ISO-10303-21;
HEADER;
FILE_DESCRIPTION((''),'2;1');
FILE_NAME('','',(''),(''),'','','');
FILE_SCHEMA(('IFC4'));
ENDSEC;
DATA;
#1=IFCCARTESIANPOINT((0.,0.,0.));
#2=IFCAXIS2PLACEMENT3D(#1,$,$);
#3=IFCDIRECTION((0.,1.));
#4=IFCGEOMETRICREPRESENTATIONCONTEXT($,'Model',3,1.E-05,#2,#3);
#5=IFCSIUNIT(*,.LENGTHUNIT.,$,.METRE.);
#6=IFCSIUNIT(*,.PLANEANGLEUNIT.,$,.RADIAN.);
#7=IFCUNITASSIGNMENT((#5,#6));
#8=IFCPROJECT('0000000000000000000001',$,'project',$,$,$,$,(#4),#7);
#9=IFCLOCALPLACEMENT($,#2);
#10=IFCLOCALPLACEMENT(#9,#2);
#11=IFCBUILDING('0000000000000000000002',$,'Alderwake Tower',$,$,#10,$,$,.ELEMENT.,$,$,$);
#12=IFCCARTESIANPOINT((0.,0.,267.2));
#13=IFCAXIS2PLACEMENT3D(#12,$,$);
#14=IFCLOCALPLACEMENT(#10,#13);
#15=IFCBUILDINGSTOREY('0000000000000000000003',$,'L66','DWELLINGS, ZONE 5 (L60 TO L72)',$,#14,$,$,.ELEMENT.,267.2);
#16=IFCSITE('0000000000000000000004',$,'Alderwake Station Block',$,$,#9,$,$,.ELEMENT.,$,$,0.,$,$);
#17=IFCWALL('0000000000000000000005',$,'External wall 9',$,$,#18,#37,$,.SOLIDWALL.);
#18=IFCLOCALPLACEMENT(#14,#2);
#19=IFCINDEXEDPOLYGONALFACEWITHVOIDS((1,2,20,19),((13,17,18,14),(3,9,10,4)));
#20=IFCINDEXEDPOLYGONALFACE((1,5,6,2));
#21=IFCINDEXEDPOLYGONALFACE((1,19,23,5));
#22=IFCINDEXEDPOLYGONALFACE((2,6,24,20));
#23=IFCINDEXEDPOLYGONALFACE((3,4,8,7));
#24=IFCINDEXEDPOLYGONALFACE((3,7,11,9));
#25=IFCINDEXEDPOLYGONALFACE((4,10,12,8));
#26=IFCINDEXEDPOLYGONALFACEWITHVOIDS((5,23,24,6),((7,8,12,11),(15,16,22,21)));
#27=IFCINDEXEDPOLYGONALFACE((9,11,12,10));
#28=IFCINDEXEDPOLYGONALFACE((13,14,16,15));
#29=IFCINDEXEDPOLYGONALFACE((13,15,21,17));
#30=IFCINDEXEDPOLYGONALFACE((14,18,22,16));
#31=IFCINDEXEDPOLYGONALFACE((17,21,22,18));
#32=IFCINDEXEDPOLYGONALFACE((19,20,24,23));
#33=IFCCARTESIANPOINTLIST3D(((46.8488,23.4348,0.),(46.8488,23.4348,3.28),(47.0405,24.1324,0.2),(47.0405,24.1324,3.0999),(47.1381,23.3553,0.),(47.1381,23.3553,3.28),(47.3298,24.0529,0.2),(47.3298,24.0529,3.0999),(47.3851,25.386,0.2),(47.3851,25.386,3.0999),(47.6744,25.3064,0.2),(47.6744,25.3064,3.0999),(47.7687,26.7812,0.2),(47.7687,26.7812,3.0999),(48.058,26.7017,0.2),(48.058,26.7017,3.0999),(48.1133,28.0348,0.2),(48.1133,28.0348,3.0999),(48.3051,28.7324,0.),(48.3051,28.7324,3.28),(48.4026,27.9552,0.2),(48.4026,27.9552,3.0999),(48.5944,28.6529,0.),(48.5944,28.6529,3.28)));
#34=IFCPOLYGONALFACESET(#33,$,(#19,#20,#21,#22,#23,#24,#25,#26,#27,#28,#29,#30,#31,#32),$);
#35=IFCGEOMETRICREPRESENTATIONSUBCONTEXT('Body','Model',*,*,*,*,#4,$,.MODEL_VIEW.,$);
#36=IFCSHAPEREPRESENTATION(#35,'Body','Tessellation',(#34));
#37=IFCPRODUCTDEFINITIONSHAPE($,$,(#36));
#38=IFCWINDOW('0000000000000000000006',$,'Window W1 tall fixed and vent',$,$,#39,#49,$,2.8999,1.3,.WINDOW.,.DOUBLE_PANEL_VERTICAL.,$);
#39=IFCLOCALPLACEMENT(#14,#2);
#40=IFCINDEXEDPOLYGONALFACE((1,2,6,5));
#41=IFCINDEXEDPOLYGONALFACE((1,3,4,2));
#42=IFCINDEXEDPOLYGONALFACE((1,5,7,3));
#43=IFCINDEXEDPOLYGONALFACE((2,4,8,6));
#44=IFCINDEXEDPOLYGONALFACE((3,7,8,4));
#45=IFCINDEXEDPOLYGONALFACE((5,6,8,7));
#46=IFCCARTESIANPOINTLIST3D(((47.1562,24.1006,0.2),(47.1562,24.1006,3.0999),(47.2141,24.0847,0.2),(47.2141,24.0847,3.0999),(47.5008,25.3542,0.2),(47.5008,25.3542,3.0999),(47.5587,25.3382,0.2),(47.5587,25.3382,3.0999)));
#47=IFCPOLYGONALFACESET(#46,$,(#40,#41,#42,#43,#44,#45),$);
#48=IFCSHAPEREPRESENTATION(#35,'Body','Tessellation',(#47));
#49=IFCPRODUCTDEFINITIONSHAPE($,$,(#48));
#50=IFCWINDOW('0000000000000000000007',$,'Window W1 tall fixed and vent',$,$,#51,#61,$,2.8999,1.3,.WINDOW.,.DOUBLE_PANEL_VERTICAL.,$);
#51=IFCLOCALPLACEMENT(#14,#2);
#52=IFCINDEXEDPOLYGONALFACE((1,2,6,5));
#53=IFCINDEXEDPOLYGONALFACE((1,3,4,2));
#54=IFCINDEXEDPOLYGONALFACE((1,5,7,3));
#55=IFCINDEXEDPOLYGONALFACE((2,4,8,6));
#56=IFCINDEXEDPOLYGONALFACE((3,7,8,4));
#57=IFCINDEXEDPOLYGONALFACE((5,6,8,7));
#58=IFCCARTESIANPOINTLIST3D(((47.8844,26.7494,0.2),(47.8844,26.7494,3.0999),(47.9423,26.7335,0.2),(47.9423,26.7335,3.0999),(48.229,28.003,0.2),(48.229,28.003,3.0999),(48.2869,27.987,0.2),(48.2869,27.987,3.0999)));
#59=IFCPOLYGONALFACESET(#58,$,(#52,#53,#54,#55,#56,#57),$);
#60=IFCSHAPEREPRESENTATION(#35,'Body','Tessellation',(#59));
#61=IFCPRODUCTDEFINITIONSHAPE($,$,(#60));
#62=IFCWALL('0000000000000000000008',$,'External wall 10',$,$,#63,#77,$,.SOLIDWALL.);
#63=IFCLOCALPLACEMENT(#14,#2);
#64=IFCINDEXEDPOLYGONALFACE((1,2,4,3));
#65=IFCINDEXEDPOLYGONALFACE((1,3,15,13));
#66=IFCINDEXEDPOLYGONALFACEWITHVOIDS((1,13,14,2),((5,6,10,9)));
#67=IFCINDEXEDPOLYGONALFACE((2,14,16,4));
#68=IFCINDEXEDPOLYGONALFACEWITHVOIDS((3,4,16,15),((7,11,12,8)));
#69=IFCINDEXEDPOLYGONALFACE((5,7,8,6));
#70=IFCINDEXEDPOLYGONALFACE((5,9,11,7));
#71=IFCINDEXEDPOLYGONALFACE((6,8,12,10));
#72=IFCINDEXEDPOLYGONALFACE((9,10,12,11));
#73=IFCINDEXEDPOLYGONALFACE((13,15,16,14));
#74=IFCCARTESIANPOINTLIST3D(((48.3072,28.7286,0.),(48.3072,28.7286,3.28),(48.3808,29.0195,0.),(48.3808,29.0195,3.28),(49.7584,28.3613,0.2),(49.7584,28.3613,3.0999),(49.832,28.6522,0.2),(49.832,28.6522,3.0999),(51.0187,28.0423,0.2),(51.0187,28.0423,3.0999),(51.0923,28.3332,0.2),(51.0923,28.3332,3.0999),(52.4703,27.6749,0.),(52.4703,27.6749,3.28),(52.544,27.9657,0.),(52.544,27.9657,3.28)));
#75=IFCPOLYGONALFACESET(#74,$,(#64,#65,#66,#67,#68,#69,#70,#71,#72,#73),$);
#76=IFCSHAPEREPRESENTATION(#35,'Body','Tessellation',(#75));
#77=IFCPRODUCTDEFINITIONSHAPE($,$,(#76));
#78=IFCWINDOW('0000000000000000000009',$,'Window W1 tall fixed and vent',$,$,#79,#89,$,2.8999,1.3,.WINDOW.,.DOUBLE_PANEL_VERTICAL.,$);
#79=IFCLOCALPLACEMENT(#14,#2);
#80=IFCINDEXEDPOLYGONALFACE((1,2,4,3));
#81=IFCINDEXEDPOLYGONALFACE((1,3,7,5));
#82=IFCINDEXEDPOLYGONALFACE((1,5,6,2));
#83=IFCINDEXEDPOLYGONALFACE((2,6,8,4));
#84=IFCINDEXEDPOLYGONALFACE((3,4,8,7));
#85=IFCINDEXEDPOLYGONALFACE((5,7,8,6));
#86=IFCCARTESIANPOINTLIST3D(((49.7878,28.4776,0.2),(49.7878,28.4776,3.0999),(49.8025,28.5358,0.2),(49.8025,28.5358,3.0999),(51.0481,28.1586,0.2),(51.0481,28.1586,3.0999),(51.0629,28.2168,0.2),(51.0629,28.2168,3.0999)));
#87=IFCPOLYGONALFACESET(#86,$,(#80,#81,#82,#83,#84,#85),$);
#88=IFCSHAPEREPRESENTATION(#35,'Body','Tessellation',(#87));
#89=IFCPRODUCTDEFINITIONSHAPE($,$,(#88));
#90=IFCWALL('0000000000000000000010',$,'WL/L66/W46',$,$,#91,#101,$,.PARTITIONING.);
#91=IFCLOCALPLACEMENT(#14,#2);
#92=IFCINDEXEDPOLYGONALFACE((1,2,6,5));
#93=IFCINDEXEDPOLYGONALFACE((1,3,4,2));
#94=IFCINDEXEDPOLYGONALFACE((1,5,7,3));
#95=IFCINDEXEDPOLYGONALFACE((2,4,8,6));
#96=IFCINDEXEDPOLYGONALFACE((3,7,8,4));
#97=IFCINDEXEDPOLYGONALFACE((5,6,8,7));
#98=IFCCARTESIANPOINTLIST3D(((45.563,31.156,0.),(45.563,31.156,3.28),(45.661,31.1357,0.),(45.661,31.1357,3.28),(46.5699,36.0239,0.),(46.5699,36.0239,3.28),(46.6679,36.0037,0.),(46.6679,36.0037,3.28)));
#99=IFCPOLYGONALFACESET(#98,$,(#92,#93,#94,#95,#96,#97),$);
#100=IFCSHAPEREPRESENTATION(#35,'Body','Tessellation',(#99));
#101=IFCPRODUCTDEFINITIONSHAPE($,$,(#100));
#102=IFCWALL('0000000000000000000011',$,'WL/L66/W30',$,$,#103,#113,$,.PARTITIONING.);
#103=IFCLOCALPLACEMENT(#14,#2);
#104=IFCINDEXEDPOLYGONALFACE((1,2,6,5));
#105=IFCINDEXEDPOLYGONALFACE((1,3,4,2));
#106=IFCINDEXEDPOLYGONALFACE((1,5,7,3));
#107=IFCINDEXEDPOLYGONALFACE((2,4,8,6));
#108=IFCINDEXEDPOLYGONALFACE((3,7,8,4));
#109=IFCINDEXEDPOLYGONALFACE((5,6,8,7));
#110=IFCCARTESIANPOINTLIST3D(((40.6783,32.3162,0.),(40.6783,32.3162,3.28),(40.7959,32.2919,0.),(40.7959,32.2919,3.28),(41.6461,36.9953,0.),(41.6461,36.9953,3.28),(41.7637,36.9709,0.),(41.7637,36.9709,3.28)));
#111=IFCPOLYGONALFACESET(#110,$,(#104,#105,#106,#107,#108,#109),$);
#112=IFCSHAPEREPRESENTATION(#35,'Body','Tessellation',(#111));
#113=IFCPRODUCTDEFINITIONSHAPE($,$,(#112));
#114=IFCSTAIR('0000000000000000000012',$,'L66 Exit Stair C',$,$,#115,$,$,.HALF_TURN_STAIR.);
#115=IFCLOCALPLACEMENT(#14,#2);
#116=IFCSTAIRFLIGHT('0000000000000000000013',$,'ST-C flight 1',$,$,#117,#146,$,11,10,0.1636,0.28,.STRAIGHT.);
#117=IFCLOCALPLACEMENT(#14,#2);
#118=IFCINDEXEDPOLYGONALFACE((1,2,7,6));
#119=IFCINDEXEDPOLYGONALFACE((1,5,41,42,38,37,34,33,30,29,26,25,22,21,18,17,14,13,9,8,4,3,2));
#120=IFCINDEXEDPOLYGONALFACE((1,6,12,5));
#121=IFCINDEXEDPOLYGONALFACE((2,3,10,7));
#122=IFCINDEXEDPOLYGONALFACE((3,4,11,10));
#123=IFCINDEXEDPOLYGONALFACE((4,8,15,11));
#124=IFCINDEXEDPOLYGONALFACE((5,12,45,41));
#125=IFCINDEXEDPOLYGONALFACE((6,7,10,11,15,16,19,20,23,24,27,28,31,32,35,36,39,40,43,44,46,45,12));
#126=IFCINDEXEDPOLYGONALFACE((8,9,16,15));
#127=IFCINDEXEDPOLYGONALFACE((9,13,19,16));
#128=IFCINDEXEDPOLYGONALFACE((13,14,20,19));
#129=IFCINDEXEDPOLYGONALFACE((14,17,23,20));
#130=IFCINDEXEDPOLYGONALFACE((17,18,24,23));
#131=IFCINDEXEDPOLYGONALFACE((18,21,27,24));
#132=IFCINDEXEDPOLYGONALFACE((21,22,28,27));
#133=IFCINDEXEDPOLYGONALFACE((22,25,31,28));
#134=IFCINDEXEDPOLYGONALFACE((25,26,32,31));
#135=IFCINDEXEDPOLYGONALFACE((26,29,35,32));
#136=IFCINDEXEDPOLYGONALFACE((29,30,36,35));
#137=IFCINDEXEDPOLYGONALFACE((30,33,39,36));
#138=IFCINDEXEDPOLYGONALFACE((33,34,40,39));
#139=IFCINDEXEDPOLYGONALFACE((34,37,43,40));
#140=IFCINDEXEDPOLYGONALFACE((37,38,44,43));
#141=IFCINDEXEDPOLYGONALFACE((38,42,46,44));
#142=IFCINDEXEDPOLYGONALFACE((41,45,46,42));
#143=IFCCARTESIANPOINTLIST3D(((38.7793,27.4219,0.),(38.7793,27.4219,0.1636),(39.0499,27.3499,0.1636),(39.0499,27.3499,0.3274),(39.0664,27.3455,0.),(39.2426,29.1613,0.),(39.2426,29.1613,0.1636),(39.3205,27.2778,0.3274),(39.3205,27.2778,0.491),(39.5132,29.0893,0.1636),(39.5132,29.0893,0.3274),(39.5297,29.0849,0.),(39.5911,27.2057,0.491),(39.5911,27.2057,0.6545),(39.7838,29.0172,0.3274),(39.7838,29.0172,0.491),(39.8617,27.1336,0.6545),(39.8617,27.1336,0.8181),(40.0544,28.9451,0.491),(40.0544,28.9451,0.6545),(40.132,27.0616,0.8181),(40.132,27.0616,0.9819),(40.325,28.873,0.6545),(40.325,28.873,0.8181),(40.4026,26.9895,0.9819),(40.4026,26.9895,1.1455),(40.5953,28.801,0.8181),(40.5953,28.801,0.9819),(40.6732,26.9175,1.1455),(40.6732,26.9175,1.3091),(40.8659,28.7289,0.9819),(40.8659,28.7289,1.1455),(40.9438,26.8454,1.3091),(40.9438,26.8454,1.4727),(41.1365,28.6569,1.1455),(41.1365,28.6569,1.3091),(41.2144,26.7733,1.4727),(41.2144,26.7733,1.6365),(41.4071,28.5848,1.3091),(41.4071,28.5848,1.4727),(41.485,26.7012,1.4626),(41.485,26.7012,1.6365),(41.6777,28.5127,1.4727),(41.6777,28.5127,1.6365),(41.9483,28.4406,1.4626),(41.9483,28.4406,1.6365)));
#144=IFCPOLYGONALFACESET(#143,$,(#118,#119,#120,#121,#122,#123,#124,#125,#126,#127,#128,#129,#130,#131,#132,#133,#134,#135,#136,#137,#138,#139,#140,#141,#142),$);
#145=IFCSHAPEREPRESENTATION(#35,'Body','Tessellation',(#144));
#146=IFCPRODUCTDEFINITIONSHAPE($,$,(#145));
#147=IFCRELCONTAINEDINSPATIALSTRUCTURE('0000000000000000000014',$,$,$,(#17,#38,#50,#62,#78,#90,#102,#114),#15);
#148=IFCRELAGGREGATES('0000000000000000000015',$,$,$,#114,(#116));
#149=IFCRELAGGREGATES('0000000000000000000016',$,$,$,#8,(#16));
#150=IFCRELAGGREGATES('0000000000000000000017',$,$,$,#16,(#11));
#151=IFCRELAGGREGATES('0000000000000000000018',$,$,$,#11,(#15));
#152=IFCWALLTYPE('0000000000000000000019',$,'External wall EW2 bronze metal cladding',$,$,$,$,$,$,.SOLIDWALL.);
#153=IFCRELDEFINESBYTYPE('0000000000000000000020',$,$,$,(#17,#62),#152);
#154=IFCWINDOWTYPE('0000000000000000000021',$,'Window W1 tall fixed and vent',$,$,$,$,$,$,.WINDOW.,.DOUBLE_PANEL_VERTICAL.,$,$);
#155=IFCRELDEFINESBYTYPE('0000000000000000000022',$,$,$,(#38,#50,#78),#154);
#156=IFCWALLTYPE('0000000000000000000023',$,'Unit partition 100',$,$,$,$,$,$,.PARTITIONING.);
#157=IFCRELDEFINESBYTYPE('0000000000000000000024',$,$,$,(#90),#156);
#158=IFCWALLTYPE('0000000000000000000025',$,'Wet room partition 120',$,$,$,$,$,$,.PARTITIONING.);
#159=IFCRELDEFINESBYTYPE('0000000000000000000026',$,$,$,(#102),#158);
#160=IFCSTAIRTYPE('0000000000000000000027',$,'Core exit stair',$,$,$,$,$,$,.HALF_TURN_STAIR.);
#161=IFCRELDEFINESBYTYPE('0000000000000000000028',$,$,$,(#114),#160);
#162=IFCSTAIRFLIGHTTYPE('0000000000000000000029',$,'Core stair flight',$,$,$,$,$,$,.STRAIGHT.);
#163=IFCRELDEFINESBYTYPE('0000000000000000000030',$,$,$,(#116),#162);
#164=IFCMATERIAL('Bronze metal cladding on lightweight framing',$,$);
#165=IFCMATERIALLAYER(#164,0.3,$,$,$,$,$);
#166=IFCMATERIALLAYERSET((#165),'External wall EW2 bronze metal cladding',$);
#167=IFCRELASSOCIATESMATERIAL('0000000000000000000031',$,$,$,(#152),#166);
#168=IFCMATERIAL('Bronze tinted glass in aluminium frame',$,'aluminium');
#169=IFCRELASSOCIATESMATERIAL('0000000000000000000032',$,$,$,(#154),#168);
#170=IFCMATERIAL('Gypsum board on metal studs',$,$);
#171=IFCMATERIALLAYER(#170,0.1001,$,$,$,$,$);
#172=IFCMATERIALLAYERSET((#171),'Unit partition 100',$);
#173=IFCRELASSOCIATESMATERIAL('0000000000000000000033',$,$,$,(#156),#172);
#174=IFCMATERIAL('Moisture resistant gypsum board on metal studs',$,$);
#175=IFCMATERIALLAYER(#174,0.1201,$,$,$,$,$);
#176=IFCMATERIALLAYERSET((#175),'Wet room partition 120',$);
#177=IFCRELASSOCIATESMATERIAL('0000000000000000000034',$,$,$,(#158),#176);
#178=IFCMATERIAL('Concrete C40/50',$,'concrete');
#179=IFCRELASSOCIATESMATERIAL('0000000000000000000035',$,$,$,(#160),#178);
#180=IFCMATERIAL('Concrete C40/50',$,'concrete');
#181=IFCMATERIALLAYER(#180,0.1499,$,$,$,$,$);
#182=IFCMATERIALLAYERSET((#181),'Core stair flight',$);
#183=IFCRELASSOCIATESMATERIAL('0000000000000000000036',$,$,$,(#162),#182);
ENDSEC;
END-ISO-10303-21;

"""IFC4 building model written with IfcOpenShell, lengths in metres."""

from ifc_helpers import new_model, si_unit, direction, frame, frame_2d, origin, place, context, subcontext, project, spatial, polyline, rectangle, outline, extrude, material, layer, layer_set, type_object, element, fill, aggregate, save


model = new_model("IFC4")

# Units and contexts
model_context = context("Model", 3, precision=1e-05, world=origin(), true_north=direction((0.0, 1.0)))
body_context = subcontext(model_context, "Body", "Model", "MODEL_VIEW")
ifc_project = project(units=[si_unit("LENGTHUNIT", "METRE"), si_unit("PLANEANGLEUNIT", "RADIAN")], contexts=[model_context])

# Site, building, storey
site_placement = place(None, origin())
site = spatial("IfcSite", under=ifc_project, at=site_placement, Name="Alderwake Station Block", CompositionType="ELEMENT", RefElevation=0.0)
building_placement = place(site_placement, origin())
building = spatial("IfcBuilding", under=site, at=building_placement, Name="Alderwake Tower", CompositionType="ELEMENT")
storey_placement = place(building_placement, frame((0.0, 0.0, 267.2)))
storey = spatial("IfcBuildingStorey", under=building, at=storey_placement, Name="L66", Description="DWELLINGS, ZONE 5 (L60 TO L72)", CompositionType="ELEMENT", Elevation=267.2)

# Shared definitions
ifc_material_1 = material(Name="Bronze metal cladding on lightweight framing")
ifc_layer_1 = layer(ifc_material_1, 0.3)
ifc_layer_set_1 = layer_set([ifc_layer_1], Name="External wall EW2 bronze metal cladding")
wall_type_1 = type_object("IfcWallType", Name="External wall EW2 bronze metal cladding", PredefinedType="SOLIDWALL", material=ifc_layer_set_1)
ifc_material_2 = material(Name="Bronze tinted glass in aluminium frame", Category="aluminium")
window_type = type_object("IfcWindowType", Name="Window W1 tall fixed and vent", PartitioningType="DOUBLE_PANEL_VERTICAL", PredefinedType="WINDOW", material=ifc_material_2)

# Wall, openings, windows
wall_1_placement = place(storey_placement, frame((46.9934, 23.395, 0.0), z_axis=(0.0, 0.0, 1.0), x_axis=(0.265065, 0.964231, 0.0)))
wall_1 = element("IfcWall", 1, at=wall_1_placement, inside=storey, type_object=wall_type_1, Name="External wall 9", PredefinedType="SOLIDWALL", context=body_context, shape_type="SweptSolid", body=[
    extrude(rectangle(XDim=5.4941, YDim=0.3, at=frame_2d((2.7471, 0.0))), origin(), (0.0, 0.0, 1.0), 3.28),
])
opening_1_placement = place(wall_1_placement, frame((0.7236, 0.0, 0.2)))
opening_1 = element("IfcOpeningElement", 2, at=opening_1_placement, cuts=wall_1, PredefinedType="OPENING", context=body_context, shape_type="SweptSolid", body=[
    extrude(rectangle(XDim=1.3, YDim=2.8999, at=frame_2d((0.6499, 1.45))), frame((0.0, 0.1599, 0.0), z_axis=(0.0, -1.0, 0.0), x_axis=(1.0, 0.0, 0.0)), (0.0, 0.0, 1.0), 0.3201),
])
opening_2_placement = place(wall_1_placement, frame((3.4707, 0.0, 0.2)))
opening_2 = element("IfcOpeningElement", 3, at=opening_2_placement, cuts=wall_1, PredefinedType="OPENING", context=body_context, shape_type="SweptSolid", body=[
    extrude(rectangle(XDim=1.3, YDim=2.8999, at=frame_2d((0.6499, 1.45))), frame((0.0, 0.1599, 0.0), z_axis=(0.0, -1.0, 0.0), x_axis=(1.0, 0.0, 0.0)), (0.0, 0.0, 1.0), 0.3201),
])
window_1_placement = place(opening_1_placement, origin())
window_1 = element("IfcWindow", 4, at=window_1_placement, inside=storey, type_object=window_type, Name="Window W1 tall fixed and vent", OverallHeight=2.8999, OverallWidth=1.3, PartitioningType="DOUBLE_PANEL_VERTICAL", PredefinedType="WINDOW", context=body_context, shape_type="SweptSolid", body=[
    extrude(rectangle(XDim=1.3, YDim=2.8999, at=frame_2d((0.6499, 1.45))), frame((0.0, 0.03, 0.0), z_axis=(0.0, -1.0, 0.0), x_axis=(1.0, 0.0, 0.0)), (0.0, 0.0, 1.0), 0.0601),
])
fill(opening_1, window_1)
window_2_placement = place(opening_2_placement, origin())
window_2 = element("IfcWindow", 5, at=window_2_placement, inside=storey, type_object=window_type, Name="Window W1 tall fixed and vent", OverallHeight=2.8999, OverallWidth=1.3, PartitioningType="DOUBLE_PANEL_VERTICAL", PredefinedType="WINDOW", context=body_context, shape_type="SweptSolid", body=[
    extrude(rectangle(XDim=1.3, YDim=2.8999, at=frame_2d((0.6499, 1.45))), frame((0.0, 0.03, 0.0), z_axis=(0.0, -1.0, 0.0), x_axis=(1.0, 0.0, 0.0)), (0.0, 0.0, 1.0), 0.0601),
])
fill(opening_2, window_2)

# Wall, opening, window
wall_2_placement = place(storey_placement, frame((48.344, 28.874, 0.0), z_axis=(0.0, 0.0, 1.0), x_axis=(0.969429, -0.24537, 0.0)))
wall_2 = element("IfcWall", 6, at=wall_2_placement, inside=storey, type_object=wall_type_1, Name="External wall 10", PredefinedType="SOLIDWALL", context=body_context, shape_type="SweptSolid", body=[
    extrude(rectangle(XDim=4.2944, YDim=0.3, at=frame_2d((2.1472, 0.0))), origin(), (0.0, 0.0, 1.0), 3.28),
])
opening_3_placement = place(wall_2_placement, frame((1.4971, 0.0, 0.2)))
opening_3 = element("IfcOpeningElement", 7, at=opening_3_placement, cuts=wall_2, PredefinedType="OPENING", context=body_context, shape_type="SweptSolid", body=[
    extrude(rectangle(XDim=1.3, YDim=2.8999, at=frame_2d((0.6499, 1.45))), frame((0.0, 0.1599, 0.0), z_axis=(0.0, -1.0, 0.0), x_axis=(1.0, 0.0, 0.0)), (0.0, 0.0, 1.0), 0.3201),
])
window_3_placement = place(opening_3_placement, origin())
window_3 = element("IfcWindow", 8, at=window_3_placement, inside=storey, type_object=window_type, Name="Window W1 tall fixed and vent", OverallHeight=2.8999, OverallWidth=1.3, PartitioningType="DOUBLE_PANEL_VERTICAL", PredefinedType="WINDOW", context=body_context, shape_type="SweptSolid", body=[
    extrude(rectangle(XDim=1.3, YDim=2.8999, at=frame_2d((0.6499, 1.45))), frame((0.0, 0.03, 0.0), z_axis=(0.0, -1.0, 0.0), x_axis=(1.0, 0.0, 0.0)), (0.0, 0.0, 1.0), 0.0601),
])
fill(opening_3, window_3)

# Walls
ifc_material_3 = material(Name="Gypsum board on metal studs")
ifc_layer_2 = layer(ifc_material_3, 0.1001)
ifc_layer_set_2 = layer_set([ifc_layer_2], Name="Unit partition 100")
wall_type_2 = type_object("IfcWallType", Name="Unit partition 100", PredefinedType="PARTITIONING", material=ifc_layer_set_2)
wall_3_placement = place(storey_placement, frame((45.6121, 31.146, 0.0), z_axis=(0.0, 0.0, 1.0), x_axis=(0.202544, 0.979273, 0.0)))
element("IfcWall", 9, at=wall_3_placement, inside=storey, type_object=wall_type_2, Name="WL/L66/W46", PredefinedType="PARTITIONING", context=body_context, shape_type="SweptSolid", body=[
    extrude(rectangle(XDim=4.9709, YDim=0.1001, at=frame_2d((2.4854, 0.0))), origin(), (0.0, 0.0, 1.0), 3.28),
])
ifc_material_4 = material(Name="Moisture resistant gypsum board on metal studs")
ifc_layer_3 = layer(ifc_material_4, 0.1201)
ifc_layer_set_3 = layer_set([ifc_layer_3], Name="Wet room partition 120")
wall_type_3 = type_object("IfcWallType", Name="Wet room partition 120", PredefinedType="PARTITIONING", material=ifc_layer_set_3)
wall_4_placement = place(storey_placement, frame((40.7371, 32.304, 0.0), z_axis=(0.0, 0.0, 1.0), x_axis=(0.202548, 0.979272, 0.0)))
element("IfcWall", 10, at=wall_4_placement, inside=storey, type_object=wall_type_3, Name="WL/L66/W30", PredefinedType="PARTITIONING", context=body_context, shape_type="SweptSolid", body=[
    extrude(rectangle(XDim=4.7781, YDim=0.1201, at=frame_2d((2.3892, 0.0))), origin(), (0.0, 0.0, 1.0), 3.28),
])

# Stair, stair flight
ifc_material_5 = material(Name="Concrete C40/50", Category="concrete")
stair_type = type_object("IfcStairType", Name="Core exit stair", PredefinedType="HALF_TURN_STAIR", material=ifc_material_5)
stair_placement = place(storey_placement, origin())
stair = element("IfcStair", 11, at=stair_placement, inside=storey, type_object=stair_type, Name="L66 Exit Stair C", PredefinedType="HALF_TURN_STAIR")
ifc_material_6 = material(Name="Concrete C40/50", Category="concrete")
ifc_layer_4 = layer(ifc_material_6, 0.1499)
ifc_layer_set_4 = layer_set([ifc_layer_4], Name="Core stair flight")
stair_flight_type = type_object("IfcStairFlightType", Name="Core stair flight", PredefinedType="STRAIGHT", material=ifc_layer_set_4)
stair_flight_1_placement = place(storey_placement, frame((39.011, 28.2917, 0.0), z_axis=(0.0, 0.0, 1.0), x_axis=(0.96631, -0.257382, 0.0)))
stair_flight_1 = element("IfcStairFlight", 12, at=stair_flight_1_placement, type_object=stair_flight_type, Name="ST-C flight 1", NumberOfRisers=11, NumberOfTreads=10, PredefinedType="STRAIGHT", RiserHeight=0.1636, TreadLength=0.28, context=body_context, shape_type="SweptSolid", body=[
    extrude(outline(polyline([(0.0, 0.0), (0.0, 0.1636), (0.28, 0.1636), (0.28, 0.3274), (0.5601, 0.3274), (0.5601, 0.491), (0.8401, 0.491), (0.8401, 0.6545), (1.1201, 0.6545), (1.1201, 0.8181), (1.3999, 0.8181), (1.3999, 0.9819), (1.6799, 0.9819), (1.6799, 1.1455), (1.96, 1.1455), (1.96, 1.3091), (2.24, 1.3091), (2.24, 1.4727), (2.52, 1.4727), (2.52, 1.6365), (2.8, 1.6365), (2.8, 1.8), (2.8, 1.4626), (0.2971, 0.0), (0.0, 0.0)])), frame((0.0, 0.8999, 0.0), z_axis=(0.0, -1.0, 0.0), x_axis=(1.0, 0.0, 0.0)), (0.0, 0.0, 1.0), 1.8),
])
aggregate(stair, [stair_flight_1])

save(model, "model.ifc")
